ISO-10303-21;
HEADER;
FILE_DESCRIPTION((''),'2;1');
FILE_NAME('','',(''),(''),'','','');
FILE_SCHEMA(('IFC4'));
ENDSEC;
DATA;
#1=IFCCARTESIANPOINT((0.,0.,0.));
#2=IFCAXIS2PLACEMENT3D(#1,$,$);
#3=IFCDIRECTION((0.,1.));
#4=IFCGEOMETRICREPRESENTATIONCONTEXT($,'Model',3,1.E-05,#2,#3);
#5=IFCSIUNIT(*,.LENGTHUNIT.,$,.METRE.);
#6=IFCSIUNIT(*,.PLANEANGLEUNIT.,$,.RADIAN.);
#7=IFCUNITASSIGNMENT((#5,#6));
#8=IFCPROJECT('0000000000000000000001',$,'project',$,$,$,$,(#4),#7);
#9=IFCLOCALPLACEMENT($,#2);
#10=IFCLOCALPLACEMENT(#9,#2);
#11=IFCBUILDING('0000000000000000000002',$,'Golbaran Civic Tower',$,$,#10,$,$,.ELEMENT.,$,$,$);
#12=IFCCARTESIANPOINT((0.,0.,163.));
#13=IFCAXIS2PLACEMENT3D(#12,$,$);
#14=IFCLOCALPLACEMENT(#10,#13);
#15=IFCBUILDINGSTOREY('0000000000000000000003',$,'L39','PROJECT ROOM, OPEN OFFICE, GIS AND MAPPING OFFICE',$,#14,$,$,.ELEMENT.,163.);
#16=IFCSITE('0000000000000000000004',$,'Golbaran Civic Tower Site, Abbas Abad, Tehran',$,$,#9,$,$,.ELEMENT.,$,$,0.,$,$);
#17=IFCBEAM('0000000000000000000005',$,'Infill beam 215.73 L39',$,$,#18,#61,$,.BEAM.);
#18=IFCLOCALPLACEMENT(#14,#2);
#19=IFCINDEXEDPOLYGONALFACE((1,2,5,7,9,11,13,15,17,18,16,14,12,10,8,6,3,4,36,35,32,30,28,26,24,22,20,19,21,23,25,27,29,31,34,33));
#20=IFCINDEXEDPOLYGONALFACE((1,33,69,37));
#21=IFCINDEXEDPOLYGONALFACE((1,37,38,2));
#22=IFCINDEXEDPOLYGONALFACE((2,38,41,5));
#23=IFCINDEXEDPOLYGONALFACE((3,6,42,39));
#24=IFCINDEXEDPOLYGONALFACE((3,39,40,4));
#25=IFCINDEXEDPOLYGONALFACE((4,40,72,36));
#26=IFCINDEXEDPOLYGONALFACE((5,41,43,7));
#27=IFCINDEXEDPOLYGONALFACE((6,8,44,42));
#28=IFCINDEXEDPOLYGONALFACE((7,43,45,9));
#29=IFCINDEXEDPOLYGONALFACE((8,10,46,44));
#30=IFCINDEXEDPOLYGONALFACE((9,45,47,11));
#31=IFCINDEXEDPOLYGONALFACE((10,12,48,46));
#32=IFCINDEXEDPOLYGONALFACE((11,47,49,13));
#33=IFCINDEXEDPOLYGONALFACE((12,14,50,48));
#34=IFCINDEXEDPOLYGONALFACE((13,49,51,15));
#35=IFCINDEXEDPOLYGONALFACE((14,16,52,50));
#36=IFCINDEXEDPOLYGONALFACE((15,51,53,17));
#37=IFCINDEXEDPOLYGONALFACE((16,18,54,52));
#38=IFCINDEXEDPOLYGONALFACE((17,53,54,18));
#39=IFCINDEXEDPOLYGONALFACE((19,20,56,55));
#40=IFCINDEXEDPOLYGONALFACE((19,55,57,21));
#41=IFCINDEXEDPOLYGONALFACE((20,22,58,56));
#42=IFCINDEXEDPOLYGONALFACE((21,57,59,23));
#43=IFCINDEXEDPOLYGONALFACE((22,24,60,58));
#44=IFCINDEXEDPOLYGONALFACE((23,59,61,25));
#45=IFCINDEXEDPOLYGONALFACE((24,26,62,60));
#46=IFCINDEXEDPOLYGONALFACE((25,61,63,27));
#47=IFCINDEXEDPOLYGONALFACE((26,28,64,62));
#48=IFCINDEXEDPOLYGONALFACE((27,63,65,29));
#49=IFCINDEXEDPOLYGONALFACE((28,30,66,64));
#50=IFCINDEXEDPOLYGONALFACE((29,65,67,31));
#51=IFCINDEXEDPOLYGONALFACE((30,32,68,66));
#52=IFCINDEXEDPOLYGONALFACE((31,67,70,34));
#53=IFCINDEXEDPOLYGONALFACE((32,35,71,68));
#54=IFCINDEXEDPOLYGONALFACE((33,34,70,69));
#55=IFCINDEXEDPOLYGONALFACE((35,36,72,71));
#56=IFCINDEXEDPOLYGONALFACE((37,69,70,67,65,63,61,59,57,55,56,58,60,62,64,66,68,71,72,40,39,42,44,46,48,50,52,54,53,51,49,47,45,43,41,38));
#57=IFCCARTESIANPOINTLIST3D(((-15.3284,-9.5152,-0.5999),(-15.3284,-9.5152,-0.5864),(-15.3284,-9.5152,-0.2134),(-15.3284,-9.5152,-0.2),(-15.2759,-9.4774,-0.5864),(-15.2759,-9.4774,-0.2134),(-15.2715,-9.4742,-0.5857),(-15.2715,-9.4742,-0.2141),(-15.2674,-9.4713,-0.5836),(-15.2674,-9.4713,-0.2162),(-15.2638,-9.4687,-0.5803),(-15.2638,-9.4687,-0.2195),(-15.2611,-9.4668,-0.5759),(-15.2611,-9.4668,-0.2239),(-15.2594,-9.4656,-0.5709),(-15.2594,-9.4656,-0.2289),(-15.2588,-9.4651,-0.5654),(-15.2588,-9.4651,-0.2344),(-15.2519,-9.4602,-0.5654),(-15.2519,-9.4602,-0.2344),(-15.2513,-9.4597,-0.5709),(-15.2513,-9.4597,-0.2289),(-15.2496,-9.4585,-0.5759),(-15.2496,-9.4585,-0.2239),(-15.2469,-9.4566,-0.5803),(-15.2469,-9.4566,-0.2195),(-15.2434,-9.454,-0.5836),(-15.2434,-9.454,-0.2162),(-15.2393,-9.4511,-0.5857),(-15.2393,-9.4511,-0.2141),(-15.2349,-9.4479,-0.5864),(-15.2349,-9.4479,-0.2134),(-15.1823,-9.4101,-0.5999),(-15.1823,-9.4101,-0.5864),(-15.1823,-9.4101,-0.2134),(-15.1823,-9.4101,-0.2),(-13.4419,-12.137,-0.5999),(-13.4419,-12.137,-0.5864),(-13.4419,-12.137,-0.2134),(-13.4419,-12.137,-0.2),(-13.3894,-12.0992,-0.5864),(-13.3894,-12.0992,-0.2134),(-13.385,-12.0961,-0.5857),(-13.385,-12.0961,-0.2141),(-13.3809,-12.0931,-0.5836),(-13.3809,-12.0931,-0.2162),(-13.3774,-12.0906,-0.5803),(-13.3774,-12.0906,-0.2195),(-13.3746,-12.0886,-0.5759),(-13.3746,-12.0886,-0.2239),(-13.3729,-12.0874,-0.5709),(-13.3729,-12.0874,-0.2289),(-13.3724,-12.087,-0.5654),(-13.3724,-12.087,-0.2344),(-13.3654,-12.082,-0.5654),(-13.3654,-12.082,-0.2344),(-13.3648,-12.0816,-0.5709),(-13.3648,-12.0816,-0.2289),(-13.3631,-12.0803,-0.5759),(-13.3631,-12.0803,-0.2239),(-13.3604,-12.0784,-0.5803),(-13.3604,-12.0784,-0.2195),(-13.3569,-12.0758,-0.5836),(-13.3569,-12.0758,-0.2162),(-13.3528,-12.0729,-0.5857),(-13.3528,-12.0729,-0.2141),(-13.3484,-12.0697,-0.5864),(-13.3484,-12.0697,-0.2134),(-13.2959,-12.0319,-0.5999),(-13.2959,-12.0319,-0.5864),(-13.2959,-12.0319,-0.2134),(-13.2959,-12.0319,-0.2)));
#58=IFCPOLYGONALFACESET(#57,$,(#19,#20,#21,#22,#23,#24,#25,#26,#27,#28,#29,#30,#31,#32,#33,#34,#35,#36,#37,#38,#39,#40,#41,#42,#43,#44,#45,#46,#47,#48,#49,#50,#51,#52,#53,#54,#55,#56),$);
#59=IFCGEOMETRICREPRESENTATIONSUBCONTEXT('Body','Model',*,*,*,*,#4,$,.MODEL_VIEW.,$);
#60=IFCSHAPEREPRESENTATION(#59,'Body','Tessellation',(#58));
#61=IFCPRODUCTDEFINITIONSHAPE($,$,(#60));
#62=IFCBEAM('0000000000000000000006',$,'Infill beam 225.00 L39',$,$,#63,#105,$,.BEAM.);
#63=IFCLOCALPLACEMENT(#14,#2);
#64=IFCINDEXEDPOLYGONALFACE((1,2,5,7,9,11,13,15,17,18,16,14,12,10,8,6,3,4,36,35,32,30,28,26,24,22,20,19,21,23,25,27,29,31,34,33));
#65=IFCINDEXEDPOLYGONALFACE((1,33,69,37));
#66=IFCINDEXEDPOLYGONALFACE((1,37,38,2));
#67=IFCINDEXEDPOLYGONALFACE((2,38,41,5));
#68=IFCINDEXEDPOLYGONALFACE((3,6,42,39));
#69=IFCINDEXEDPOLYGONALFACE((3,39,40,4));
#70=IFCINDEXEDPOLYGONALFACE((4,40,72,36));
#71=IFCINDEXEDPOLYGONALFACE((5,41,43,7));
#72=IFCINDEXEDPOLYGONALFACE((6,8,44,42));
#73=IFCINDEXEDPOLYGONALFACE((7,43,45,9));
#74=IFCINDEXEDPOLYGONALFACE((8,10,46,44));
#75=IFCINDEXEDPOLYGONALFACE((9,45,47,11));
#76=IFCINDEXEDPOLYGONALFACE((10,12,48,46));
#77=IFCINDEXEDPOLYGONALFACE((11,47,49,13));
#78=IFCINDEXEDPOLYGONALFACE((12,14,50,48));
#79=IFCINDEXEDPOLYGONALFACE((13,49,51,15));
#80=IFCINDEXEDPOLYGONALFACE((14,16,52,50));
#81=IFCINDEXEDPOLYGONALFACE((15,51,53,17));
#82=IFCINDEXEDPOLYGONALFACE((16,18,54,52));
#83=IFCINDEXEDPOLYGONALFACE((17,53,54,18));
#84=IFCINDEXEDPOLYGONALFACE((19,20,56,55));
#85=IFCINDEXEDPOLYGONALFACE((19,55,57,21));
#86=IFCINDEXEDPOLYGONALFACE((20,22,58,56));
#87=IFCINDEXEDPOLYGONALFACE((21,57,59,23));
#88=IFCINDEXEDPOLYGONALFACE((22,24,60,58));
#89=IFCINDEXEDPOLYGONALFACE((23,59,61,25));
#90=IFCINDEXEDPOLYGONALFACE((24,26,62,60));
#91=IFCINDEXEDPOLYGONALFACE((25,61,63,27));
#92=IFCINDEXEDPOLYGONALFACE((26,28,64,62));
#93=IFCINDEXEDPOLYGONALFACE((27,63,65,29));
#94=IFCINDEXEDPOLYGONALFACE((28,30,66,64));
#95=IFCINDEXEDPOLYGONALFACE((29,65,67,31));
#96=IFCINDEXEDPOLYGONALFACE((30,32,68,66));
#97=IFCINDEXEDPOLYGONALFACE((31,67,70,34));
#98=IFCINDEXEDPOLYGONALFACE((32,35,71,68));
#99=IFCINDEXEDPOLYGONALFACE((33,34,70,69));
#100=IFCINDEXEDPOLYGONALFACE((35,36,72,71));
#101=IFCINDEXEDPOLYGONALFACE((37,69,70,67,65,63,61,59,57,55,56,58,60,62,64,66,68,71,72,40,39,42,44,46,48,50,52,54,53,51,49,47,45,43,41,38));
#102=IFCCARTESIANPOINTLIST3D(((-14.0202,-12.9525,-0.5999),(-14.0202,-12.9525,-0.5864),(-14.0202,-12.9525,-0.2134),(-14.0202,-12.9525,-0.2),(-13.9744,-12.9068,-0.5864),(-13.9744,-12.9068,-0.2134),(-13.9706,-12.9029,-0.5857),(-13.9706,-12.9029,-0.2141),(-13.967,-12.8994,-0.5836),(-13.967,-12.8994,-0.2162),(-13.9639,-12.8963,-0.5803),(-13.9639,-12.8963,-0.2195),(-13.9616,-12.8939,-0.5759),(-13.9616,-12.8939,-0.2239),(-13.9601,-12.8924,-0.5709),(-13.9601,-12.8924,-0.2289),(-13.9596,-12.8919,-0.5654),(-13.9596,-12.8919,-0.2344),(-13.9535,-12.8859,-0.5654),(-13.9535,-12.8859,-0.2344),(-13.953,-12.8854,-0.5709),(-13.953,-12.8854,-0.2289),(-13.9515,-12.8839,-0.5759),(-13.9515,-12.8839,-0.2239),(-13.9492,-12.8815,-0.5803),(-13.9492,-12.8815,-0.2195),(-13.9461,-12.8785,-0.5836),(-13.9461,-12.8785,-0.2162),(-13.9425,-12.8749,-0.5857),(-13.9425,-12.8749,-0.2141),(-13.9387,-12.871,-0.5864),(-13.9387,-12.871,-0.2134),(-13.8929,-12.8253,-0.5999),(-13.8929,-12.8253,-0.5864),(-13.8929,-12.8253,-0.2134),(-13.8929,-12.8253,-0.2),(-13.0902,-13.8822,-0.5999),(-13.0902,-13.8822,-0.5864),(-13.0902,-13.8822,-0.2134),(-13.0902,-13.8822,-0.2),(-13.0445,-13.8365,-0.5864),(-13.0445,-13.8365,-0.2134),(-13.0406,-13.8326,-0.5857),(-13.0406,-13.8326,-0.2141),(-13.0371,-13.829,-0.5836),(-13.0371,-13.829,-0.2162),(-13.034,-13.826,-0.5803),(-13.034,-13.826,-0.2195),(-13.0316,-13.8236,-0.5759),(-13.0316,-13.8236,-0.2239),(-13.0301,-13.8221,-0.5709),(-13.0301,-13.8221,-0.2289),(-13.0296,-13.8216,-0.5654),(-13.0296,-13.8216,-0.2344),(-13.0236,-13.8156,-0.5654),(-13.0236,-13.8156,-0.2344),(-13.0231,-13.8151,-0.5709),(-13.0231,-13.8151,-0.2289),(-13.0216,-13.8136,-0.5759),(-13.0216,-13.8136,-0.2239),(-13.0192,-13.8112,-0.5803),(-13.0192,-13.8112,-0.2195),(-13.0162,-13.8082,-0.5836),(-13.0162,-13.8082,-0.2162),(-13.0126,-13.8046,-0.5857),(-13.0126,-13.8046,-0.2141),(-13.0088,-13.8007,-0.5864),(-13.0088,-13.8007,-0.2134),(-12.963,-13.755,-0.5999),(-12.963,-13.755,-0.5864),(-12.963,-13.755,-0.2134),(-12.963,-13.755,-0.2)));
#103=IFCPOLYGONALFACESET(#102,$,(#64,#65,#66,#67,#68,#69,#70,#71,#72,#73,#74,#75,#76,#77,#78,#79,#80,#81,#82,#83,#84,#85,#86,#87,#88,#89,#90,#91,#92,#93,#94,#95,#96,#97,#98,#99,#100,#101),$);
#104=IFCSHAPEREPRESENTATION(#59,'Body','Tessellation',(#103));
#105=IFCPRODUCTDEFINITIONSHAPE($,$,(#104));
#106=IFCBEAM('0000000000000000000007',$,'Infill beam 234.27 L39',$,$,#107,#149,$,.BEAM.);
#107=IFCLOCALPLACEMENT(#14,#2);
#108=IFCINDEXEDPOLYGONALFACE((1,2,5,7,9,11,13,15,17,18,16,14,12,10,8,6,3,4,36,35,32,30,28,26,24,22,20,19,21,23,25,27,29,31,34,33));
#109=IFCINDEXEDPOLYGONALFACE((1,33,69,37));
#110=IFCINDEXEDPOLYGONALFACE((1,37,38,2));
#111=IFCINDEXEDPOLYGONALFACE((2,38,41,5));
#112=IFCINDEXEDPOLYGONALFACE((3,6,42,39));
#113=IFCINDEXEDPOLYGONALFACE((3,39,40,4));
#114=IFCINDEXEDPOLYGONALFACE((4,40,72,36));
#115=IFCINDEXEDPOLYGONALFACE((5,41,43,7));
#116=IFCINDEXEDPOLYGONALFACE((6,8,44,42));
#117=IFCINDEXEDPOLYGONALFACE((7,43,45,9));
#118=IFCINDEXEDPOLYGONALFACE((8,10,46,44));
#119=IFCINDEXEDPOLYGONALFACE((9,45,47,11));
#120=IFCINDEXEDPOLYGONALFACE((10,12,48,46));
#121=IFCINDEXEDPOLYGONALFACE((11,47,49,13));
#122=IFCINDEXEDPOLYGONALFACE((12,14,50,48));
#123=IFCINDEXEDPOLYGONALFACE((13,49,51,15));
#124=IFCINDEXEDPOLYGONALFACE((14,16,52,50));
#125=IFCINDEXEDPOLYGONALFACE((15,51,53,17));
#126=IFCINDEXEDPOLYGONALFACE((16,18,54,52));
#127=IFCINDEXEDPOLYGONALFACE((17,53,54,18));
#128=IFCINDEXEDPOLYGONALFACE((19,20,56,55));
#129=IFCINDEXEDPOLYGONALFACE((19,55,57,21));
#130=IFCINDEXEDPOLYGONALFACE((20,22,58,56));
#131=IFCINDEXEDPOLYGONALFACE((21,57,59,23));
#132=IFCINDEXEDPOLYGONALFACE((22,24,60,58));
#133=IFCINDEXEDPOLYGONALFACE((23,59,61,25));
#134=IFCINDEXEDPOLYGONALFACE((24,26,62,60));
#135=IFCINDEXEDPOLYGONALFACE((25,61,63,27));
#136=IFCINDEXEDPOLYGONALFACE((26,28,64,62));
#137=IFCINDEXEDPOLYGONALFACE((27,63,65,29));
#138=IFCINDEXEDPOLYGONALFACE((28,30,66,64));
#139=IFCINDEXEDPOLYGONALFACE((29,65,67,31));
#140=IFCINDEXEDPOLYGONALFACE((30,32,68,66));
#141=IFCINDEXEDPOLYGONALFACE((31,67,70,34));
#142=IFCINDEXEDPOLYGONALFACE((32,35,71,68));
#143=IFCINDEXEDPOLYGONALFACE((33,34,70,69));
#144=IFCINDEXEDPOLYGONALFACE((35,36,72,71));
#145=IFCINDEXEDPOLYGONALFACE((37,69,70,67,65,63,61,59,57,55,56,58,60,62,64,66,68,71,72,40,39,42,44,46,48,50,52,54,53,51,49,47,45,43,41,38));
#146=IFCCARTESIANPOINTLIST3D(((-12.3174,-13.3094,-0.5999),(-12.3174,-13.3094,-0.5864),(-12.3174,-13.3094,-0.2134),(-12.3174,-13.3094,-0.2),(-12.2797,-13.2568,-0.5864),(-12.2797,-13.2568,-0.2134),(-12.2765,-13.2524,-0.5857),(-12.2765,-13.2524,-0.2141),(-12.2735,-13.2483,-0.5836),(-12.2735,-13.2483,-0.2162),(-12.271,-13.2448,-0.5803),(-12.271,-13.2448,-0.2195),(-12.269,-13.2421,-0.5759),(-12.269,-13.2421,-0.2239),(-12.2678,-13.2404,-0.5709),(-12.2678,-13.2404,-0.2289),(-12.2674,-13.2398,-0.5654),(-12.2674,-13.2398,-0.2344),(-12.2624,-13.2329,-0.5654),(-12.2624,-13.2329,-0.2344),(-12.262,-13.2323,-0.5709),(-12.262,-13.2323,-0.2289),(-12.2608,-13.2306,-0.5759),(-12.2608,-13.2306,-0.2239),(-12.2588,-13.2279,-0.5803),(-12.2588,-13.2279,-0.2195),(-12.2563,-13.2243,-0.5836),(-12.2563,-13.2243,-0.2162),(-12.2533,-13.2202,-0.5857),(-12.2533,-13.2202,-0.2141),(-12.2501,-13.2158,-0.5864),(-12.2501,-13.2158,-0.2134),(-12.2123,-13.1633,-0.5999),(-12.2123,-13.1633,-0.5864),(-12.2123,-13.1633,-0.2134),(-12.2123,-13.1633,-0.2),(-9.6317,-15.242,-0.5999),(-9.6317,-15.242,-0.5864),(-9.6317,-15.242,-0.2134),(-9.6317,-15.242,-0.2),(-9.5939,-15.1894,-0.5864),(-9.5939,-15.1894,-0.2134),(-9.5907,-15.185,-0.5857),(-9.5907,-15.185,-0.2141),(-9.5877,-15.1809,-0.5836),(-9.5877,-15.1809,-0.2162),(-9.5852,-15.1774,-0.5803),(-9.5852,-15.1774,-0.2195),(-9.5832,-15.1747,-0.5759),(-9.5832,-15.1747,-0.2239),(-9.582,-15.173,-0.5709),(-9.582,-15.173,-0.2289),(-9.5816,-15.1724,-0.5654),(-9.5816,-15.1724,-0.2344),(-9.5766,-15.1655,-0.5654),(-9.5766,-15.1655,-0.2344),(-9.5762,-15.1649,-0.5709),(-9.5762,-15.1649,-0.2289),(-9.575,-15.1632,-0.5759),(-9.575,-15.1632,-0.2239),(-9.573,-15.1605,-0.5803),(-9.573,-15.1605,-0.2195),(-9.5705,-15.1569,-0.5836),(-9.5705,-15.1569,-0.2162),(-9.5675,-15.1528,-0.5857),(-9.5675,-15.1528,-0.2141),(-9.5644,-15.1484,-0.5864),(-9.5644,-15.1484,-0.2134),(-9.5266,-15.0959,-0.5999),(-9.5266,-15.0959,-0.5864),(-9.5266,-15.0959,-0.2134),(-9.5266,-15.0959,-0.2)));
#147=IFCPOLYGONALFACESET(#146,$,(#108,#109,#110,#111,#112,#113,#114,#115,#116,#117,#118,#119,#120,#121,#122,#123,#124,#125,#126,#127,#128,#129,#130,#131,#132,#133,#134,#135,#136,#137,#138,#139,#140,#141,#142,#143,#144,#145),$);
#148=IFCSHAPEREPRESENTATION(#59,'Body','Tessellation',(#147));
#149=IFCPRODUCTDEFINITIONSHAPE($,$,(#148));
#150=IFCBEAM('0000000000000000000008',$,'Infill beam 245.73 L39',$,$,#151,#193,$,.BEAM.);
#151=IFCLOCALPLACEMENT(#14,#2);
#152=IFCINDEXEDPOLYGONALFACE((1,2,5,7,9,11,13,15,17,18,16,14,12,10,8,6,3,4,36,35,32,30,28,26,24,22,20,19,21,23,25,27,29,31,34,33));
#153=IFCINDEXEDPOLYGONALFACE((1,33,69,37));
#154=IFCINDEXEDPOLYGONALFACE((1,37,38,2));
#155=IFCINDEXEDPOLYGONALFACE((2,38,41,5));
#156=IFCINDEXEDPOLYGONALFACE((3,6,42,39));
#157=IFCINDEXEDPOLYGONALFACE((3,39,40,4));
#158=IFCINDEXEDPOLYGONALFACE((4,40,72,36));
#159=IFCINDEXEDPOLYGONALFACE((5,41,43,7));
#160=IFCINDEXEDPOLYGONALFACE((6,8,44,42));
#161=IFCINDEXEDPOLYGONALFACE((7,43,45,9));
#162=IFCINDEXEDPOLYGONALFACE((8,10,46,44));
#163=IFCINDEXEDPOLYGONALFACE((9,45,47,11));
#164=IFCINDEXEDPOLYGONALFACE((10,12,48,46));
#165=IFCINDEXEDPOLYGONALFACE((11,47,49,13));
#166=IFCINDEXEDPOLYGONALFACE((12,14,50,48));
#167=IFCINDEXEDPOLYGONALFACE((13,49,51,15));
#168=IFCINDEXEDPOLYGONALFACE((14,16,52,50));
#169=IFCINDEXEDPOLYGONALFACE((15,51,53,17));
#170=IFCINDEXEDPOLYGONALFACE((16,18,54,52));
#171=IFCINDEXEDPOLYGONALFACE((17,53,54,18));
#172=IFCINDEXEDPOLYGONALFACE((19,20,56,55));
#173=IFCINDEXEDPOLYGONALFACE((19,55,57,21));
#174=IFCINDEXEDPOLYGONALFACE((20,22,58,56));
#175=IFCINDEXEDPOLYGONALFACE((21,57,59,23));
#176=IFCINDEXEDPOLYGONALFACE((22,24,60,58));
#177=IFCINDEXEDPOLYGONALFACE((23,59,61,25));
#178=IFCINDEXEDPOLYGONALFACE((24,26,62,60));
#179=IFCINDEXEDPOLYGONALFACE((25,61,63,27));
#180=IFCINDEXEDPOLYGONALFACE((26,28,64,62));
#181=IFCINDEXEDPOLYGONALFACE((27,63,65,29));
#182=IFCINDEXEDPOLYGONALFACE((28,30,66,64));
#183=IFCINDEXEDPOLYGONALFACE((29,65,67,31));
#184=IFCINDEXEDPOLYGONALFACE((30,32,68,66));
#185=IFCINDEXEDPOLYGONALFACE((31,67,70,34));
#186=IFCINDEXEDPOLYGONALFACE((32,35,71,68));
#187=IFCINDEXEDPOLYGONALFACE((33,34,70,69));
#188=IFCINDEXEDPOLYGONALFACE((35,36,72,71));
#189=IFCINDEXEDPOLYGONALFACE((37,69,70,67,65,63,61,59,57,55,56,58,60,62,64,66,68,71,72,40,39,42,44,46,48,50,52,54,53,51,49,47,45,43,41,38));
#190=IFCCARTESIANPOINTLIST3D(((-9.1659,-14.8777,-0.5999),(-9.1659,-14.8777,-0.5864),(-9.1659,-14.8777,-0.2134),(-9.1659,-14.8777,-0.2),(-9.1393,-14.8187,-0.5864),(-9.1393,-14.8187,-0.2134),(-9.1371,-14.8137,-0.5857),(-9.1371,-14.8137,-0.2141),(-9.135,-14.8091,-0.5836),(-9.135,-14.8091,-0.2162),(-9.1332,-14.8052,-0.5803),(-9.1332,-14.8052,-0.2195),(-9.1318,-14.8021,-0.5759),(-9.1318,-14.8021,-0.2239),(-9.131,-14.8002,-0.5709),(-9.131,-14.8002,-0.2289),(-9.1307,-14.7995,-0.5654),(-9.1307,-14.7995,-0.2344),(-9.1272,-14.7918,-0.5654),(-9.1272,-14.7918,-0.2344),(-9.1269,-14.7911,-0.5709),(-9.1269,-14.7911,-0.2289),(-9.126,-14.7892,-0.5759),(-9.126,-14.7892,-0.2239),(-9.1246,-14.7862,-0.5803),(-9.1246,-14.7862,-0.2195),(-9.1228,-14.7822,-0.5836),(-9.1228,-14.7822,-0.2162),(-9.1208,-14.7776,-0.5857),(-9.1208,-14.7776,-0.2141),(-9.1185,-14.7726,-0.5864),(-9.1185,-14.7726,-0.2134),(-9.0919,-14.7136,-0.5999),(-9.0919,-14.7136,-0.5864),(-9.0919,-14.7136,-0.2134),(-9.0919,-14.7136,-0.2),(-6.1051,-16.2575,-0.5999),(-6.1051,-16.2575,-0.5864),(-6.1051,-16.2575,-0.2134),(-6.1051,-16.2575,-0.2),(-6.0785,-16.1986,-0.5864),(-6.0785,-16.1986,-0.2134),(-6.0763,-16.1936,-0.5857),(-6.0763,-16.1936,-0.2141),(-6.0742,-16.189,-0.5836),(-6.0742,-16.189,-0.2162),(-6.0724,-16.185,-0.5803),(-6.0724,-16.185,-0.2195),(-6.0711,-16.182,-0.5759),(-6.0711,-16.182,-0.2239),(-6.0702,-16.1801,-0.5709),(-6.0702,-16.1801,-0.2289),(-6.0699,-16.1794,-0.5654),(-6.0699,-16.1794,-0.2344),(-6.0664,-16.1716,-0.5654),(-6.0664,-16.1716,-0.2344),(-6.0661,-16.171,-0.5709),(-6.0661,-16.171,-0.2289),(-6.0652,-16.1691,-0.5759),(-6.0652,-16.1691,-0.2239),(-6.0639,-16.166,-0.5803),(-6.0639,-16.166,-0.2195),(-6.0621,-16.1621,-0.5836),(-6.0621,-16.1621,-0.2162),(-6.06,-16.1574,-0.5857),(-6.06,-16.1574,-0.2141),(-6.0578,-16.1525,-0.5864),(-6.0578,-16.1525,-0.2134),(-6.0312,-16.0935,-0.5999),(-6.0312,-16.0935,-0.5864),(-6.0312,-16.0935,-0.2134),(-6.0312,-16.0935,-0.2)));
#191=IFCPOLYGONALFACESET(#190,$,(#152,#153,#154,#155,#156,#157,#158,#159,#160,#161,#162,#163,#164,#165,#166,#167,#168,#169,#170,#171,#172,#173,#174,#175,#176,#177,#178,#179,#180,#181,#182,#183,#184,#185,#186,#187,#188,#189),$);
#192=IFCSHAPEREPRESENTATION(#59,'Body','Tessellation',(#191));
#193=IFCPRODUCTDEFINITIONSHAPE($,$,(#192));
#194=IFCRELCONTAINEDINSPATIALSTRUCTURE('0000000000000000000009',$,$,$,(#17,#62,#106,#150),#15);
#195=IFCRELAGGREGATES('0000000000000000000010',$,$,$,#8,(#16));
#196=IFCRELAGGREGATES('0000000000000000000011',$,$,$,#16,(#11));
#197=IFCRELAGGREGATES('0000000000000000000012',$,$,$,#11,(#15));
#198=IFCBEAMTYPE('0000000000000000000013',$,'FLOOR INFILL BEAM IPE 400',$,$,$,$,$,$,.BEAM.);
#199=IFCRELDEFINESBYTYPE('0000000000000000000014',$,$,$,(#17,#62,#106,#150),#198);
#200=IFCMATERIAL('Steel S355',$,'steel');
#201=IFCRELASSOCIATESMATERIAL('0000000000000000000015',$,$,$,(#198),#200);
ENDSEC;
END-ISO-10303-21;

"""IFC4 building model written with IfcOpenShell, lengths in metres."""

from ifc_helpers import new_model, si_unit, direction, frame, origin, origin_2d, place, context, subcontext, project, spatial, i_section, extrude, material, material_profile, profile_set, type_object, element, save


model = new_model("IFC4")

# Units and contexts
model_context = context("Model", 3, precision=1e-05, world=origin(), true_north=direction((0.0, 1.0)))
body_context = subcontext(model_context, "Body", "Model", "MODEL_VIEW")
ifc_project = project(units=[si_unit("LENGTHUNIT", "METRE"), si_unit("PLANEANGLEUNIT", "RADIAN")], contexts=[model_context])

# Site, building, storey
site_placement = place(None, origin())
site = spatial("IfcSite", under=ifc_project, at=site_placement, Name="Golbaran Civic Tower Site, Abbas Abad, Tehran", CompositionType="ELEMENT", RefElevation=0.0)
building_placement = place(site_placement, origin())
building = spatial("IfcBuilding", under=site, at=building_placement, Name="Golbaran Civic Tower", CompositionType="ELEMENT")
storey_placement = place(building_placement, frame((0.0, 0.0, 163.0)))
storey = spatial("IfcBuildingStorey", under=building, at=storey_placement, Name="L39", Description="PROJECT ROOM, OPEN OFFICE, GIS AND MAPPING OFFICE", CompositionType="ELEMENT", Elevation=163.0)

# Beams
ifc_material_1 = material(Name="Steel S355", Category="steel")
ifc_material_profile_1 = material_profile(ifc_material_1, i_section(OverallWidth=0.1799, OverallDepth=0.3999, WebThickness=0.0085, FlangeThickness=0.0134, FilletRadius=0.021, at=origin_2d()), Name="IPE 400")
ifc_profile_set_1 = profile_set([ifc_material_profile_1], Name="Steel S355")
beam_type_1 = type_object("IfcBeamType", Name="FLOOR INFILL BEAM IPE 400", PredefinedType="BEAM", material=ifc_profile_set_1)
beam_1_placement = place(storey_placement, frame((-15.2554, -9.4626, -0.3999), z_axis=(0.584052, -0.811716, 0.0), x_axis=(0.811716, 0.584052, 0.0)))
element("IfcBeam", 1, at=beam_1_placement, inside=storey, type_object=beam_type_1, Name="Infill beam 215.73 L39", PredefinedType="BEAM", context=body_context, shape_type="SweptSolid", body=[
    extrude(i_section(OverallWidth=0.1799, OverallDepth=0.3999, WebThickness=0.0085, FlangeThickness=0.0134, FilletRadius=0.021, at=origin_2d()), origin(), (0.0, 0.0, 1.0), 3.23),
])
beam_2_placement = place(storey_placement, frame((-13.9565, -12.8889, -0.3999), z_axis=(0.7072, -0.707014, 0.0), x_axis=(0.707014, 0.7072, 0.0)))
element("IfcBeam", 2, at=beam_2_placement, inside=storey, type_object=beam_type_1, Name="Infill beam 225.00 L39", PredefinedType="BEAM", context=body_context, shape_type="SweptSolid", body=[
    extrude(i_section(OverallWidth=0.1799, OverallDepth=0.3999, WebThickness=0.0085, FlangeThickness=0.0134, FilletRadius=0.021, at=origin_2d()), origin(), (0.0, 0.0, 1.0), 1.3149),
])
beam_3_placement = place(storey_placement, frame((-12.2649, -13.2363, -0.3999), z_axis=(0.811699, -0.584075, 0.0), x_axis=(0.584075, 0.811699, 0.0)))
element("IfcBeam", 3, at=beam_3_placement, inside=storey, type_object=beam_type_1, Name="Infill beam 234.27 L39", PredefinedType="BEAM", context=body_context, shape_type="SweptSolid", body=[
    extrude(i_section(OverallWidth=0.1799, OverallDepth=0.3999, WebThickness=0.0085, FlangeThickness=0.0134, FilletRadius=0.021, at=origin_2d()), origin(), (0.0, 0.0, 1.0), 3.3088),
])
beam_4_placement = place(storey_placement, frame((-9.1289, -14.7957, -0.3999), z_axis=(0.91164, -0.41099, 0.0), x_axis=(0.41099, 0.91164, 0.0)))
element("IfcBeam", 4, at=beam_4_placement, inside=storey, type_object=beam_type_1, Name="Infill beam 245.73 L39", PredefinedType="BEAM", context=body_context, shape_type="SweptSolid", body=[
    extrude(i_section(OverallWidth=0.1799, OverallDepth=0.3999, WebThickness=0.0085, FlangeThickness=0.0134, FilletRadius=0.021, at=origin_2d()), origin(), (0.0, 0.0, 1.0), 3.3574),
])

save(model, "model.ifc")
